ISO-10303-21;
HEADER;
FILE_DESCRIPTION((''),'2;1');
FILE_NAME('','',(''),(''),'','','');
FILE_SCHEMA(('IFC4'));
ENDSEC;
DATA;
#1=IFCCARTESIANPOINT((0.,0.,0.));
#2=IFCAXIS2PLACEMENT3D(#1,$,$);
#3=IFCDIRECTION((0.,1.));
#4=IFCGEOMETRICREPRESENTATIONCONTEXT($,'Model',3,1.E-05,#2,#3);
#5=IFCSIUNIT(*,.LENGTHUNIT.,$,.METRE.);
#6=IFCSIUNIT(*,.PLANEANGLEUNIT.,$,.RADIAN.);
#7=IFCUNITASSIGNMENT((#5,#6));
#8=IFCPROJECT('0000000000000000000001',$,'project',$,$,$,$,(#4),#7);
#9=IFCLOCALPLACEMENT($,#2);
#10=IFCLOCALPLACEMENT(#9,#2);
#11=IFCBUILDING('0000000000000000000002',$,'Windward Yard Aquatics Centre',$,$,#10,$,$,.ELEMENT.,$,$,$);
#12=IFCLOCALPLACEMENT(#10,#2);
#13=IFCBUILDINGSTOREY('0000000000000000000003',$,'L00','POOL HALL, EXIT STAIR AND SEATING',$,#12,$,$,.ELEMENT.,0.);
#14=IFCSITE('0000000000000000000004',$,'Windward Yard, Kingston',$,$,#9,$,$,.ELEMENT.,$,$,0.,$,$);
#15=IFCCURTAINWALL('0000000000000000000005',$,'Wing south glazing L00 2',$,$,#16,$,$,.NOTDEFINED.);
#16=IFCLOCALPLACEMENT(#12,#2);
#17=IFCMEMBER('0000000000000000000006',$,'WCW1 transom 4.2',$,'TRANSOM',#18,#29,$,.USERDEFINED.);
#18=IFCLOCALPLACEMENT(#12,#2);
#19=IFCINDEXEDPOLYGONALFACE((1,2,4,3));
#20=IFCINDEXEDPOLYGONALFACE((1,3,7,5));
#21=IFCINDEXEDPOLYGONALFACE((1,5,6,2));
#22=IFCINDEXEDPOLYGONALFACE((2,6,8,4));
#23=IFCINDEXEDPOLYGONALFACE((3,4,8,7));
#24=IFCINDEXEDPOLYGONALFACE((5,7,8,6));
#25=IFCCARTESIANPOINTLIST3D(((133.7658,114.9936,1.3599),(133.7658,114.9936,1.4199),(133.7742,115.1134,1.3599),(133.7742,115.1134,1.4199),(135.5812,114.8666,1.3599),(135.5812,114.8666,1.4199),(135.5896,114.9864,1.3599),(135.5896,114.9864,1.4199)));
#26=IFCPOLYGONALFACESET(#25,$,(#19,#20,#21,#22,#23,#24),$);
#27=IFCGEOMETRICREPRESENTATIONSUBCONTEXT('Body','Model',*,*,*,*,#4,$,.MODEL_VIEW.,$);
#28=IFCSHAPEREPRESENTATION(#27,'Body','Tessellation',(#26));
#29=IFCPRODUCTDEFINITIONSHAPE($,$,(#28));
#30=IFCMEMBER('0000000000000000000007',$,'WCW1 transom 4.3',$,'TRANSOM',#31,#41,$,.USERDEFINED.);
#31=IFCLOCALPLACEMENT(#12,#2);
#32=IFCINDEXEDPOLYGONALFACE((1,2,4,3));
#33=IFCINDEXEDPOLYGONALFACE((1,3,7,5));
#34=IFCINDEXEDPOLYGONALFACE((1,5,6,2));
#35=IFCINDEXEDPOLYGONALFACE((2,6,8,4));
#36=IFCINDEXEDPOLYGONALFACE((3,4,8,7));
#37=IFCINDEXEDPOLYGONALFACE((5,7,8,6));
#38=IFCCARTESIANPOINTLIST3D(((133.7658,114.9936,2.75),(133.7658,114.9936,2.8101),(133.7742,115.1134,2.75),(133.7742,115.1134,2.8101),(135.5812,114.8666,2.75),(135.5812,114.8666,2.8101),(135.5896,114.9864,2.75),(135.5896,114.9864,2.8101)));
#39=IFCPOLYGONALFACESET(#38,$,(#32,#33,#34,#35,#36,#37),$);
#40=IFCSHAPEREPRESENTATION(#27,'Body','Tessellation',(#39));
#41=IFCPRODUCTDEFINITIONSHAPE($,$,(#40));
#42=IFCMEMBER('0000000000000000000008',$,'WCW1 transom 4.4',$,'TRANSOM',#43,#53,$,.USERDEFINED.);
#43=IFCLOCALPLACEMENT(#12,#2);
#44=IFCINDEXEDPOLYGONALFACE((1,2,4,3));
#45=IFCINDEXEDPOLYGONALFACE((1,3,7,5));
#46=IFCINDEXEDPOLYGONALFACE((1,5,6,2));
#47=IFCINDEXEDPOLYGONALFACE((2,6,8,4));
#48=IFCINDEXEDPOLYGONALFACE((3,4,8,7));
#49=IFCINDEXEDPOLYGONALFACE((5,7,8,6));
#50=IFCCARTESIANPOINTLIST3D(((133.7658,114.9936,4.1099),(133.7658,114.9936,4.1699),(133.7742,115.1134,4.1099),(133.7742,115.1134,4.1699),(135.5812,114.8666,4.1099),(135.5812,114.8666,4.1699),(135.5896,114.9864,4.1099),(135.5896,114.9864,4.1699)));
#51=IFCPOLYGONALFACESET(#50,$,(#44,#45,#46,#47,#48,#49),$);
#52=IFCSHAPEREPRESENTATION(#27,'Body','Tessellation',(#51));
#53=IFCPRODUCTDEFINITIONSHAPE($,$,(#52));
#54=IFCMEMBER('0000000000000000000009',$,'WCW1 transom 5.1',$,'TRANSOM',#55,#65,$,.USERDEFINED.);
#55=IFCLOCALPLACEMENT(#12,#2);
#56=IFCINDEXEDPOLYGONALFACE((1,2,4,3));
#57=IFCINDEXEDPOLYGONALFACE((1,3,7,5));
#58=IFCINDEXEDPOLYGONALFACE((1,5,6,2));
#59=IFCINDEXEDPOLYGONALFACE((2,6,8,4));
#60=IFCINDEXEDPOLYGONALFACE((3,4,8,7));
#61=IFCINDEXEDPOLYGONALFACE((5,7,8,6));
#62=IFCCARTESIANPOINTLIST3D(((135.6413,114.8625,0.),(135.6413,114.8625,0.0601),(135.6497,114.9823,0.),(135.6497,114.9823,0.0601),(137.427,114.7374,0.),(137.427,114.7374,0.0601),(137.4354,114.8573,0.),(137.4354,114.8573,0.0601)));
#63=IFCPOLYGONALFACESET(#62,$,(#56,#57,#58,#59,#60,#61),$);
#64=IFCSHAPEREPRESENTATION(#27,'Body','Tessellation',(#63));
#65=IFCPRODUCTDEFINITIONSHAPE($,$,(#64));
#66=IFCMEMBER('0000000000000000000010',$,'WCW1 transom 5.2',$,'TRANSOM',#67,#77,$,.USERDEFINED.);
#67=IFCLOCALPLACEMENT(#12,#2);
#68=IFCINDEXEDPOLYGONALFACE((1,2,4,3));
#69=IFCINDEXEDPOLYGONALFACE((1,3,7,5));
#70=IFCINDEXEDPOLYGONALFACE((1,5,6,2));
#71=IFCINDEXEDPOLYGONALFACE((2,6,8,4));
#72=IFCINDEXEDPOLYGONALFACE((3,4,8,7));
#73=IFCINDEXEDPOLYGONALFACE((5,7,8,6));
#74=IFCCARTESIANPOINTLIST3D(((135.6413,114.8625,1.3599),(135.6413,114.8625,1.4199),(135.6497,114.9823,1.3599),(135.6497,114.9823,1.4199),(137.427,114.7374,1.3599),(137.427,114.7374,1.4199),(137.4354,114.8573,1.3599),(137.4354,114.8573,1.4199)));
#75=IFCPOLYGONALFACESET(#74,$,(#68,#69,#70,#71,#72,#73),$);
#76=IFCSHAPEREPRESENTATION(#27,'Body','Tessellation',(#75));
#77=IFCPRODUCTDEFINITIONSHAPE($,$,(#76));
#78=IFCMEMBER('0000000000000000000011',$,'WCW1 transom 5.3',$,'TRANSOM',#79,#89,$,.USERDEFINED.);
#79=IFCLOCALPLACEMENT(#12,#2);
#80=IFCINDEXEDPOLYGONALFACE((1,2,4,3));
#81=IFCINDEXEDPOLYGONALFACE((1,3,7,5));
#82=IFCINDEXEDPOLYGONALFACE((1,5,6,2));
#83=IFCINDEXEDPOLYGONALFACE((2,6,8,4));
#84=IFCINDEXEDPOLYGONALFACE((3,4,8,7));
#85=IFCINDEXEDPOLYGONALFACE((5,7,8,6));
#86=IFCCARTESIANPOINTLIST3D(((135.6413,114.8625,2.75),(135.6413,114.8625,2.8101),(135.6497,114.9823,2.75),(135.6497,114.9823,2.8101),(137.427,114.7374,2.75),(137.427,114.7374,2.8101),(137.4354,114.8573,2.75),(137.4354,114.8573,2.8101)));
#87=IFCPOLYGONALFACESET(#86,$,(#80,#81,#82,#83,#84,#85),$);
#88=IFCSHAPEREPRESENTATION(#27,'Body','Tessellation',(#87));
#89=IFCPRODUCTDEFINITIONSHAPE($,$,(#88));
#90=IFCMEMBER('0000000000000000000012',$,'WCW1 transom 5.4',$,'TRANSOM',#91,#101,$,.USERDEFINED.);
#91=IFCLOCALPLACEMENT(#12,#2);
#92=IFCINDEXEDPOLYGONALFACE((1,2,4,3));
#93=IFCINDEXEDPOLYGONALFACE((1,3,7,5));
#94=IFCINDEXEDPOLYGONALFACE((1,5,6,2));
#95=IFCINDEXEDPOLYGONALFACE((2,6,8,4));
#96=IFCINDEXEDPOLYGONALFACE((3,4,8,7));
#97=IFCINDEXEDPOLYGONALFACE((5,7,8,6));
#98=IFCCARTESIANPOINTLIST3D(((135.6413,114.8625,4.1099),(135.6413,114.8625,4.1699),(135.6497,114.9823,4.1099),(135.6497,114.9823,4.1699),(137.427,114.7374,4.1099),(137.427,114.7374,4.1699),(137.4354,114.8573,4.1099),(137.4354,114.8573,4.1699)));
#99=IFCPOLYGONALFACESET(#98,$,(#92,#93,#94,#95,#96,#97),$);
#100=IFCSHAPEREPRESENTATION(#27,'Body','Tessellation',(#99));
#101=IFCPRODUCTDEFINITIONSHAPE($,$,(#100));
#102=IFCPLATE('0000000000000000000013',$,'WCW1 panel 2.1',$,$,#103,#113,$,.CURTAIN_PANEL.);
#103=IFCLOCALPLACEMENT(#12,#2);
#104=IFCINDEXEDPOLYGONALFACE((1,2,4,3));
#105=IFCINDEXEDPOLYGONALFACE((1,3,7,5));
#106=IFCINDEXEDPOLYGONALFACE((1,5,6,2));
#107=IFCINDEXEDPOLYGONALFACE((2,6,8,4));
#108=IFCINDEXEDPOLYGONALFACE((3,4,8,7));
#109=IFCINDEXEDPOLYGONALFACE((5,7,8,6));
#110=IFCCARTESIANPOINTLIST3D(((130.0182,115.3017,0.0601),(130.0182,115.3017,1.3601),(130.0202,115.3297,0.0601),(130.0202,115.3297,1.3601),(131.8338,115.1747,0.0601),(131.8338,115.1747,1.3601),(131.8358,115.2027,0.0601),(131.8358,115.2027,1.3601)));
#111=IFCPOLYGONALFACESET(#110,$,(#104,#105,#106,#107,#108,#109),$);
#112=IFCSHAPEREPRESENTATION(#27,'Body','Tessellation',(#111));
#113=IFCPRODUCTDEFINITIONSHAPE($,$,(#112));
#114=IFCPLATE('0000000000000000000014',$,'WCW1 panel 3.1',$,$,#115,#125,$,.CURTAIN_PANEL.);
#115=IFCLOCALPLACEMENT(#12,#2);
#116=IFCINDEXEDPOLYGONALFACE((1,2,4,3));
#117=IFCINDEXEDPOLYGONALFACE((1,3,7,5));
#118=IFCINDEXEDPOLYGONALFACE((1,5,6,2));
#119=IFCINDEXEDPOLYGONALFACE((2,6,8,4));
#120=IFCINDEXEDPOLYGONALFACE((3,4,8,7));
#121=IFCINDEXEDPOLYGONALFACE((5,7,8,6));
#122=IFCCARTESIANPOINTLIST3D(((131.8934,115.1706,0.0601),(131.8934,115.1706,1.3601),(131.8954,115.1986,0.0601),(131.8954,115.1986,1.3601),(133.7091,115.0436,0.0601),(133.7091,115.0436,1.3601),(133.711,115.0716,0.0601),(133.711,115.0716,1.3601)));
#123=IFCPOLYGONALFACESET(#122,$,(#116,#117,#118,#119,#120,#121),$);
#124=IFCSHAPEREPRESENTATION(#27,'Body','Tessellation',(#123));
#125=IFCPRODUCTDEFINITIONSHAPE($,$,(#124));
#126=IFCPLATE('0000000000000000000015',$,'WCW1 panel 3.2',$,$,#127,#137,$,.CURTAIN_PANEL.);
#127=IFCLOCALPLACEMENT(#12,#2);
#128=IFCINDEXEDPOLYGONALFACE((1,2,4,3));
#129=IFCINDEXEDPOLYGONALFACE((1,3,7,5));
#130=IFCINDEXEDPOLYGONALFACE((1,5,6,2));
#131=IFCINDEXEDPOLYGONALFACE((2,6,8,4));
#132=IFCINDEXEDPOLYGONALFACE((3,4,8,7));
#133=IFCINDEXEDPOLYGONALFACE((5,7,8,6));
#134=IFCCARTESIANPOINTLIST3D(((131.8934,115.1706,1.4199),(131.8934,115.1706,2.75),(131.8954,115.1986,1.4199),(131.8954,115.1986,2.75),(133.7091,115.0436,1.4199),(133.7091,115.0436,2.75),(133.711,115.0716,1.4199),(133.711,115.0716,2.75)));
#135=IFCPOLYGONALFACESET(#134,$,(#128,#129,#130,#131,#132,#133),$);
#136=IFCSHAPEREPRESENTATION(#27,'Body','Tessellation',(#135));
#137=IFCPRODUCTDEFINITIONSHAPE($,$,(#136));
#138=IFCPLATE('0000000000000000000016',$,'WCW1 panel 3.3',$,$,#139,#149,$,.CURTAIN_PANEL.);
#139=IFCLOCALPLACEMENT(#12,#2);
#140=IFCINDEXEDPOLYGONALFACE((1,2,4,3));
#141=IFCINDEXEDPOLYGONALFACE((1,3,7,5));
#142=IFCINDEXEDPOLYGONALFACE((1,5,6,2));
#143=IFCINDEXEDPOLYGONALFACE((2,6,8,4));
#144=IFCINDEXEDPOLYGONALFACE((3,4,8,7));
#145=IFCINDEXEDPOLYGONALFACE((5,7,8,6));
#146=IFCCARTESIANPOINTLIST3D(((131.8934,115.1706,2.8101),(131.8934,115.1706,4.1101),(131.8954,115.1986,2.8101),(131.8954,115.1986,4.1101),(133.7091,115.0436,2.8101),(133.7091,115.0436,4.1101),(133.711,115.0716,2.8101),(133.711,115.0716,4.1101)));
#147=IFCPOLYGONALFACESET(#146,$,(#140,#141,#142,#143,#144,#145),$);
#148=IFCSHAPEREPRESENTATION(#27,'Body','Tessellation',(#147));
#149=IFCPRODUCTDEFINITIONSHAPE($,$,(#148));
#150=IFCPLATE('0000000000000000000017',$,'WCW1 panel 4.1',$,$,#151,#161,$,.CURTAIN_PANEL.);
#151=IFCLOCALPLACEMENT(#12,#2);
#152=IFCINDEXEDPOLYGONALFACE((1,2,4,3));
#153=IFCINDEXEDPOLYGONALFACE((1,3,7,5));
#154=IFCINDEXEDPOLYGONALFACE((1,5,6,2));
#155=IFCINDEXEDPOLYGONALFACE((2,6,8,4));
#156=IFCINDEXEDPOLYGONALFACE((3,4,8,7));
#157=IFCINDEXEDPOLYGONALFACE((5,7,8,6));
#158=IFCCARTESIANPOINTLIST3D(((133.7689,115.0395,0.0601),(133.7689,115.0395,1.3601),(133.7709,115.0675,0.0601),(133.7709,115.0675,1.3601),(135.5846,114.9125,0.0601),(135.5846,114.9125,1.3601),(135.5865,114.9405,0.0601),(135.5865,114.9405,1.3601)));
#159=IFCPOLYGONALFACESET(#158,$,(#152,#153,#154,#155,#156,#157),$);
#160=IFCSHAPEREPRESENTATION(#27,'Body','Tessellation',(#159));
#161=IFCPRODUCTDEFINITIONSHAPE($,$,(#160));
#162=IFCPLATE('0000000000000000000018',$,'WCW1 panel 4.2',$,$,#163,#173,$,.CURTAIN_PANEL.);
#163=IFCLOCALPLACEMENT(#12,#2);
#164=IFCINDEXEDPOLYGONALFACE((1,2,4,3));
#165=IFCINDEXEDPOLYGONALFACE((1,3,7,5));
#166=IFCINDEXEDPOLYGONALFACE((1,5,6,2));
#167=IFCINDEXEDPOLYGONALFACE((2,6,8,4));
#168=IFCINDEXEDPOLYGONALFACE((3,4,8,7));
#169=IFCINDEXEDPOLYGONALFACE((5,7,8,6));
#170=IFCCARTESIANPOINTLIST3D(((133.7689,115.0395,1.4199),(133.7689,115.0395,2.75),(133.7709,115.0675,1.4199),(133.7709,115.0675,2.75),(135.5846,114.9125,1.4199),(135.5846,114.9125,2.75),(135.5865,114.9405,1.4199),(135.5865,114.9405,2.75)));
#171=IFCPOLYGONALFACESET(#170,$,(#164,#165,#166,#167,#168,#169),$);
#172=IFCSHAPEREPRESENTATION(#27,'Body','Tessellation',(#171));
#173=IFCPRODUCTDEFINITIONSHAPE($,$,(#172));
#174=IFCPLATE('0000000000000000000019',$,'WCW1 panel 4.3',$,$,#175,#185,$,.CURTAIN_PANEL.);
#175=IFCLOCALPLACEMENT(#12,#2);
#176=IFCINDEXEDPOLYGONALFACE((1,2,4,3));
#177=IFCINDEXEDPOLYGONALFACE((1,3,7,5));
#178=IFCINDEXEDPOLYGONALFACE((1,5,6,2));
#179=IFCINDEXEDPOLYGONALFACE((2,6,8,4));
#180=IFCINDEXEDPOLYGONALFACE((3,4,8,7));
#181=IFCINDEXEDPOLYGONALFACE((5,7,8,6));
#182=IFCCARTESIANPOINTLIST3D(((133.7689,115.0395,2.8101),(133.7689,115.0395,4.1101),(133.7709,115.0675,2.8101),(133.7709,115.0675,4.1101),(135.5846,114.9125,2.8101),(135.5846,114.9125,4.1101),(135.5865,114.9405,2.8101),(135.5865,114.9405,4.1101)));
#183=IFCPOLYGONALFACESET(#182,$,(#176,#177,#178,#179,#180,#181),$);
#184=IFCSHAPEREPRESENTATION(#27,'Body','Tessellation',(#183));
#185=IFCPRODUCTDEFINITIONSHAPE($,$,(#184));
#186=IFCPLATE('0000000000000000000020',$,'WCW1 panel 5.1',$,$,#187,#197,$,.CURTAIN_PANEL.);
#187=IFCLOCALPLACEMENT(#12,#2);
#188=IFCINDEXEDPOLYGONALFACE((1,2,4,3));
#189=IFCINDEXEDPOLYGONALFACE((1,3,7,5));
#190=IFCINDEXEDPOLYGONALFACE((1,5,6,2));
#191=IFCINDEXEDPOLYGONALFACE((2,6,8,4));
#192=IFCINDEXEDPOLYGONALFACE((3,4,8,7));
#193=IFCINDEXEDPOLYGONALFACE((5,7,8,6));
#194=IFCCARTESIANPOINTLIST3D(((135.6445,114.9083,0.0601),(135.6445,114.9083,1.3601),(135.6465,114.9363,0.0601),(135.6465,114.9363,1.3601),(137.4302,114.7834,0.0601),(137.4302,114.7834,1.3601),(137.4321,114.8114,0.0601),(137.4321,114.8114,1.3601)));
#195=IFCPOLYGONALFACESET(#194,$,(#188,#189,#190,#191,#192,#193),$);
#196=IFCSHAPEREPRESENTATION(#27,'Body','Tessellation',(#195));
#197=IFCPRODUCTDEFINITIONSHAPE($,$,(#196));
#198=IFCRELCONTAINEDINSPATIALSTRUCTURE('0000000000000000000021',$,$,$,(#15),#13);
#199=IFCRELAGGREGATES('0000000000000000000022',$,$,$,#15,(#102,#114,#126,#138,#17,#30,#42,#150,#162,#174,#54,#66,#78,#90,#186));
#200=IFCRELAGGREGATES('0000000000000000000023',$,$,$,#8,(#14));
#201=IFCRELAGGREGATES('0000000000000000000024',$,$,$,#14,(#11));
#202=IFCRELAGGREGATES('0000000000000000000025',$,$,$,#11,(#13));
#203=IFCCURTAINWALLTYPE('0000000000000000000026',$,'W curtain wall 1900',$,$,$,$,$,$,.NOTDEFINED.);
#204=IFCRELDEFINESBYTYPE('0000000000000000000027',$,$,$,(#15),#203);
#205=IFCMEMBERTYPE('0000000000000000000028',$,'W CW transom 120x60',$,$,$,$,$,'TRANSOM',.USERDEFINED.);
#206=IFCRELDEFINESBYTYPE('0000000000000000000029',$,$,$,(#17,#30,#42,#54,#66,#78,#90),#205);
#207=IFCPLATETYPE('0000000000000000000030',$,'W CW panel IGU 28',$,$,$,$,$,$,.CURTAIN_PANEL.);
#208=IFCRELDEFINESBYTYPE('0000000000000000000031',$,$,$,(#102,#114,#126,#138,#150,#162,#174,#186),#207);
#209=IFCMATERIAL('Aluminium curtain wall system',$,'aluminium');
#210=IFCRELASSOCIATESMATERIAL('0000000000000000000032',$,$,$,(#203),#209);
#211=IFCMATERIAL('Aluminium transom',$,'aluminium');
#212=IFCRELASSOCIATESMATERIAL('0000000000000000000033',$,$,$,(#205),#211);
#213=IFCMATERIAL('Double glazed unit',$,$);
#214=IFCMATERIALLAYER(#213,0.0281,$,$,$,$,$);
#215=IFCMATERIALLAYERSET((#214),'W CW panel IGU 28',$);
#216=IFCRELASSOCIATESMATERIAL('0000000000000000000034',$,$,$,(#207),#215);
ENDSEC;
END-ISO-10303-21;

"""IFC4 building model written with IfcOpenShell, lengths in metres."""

from ifc_helpers import new_model, si_unit, direction, frame, origin, origin_2d, place, context, subcontext, project, spatial, rectangle, extrude, material, layer, layer_set, material_profile, profile_set, type_object, element, aggregate, save


model = new_model("IFC4")

# Units and contexts
model_context = context("Model", 3, precision=1e-05, world=origin(), true_north=direction((0.0, 1.0)))
body_context = subcontext(model_context, "Body", "Model", "MODEL_VIEW")
ifc_project = project(units=[si_unit("LENGTHUNIT", "METRE"), si_unit("PLANEANGLEUNIT", "RADIAN")], contexts=[model_context])

# Site, building, storey
site_placement = place(None, origin())
site = spatial("IfcSite", under=ifc_project, at=site_placement, Name="Windward Yard, Kingston", CompositionType="ELEMENT", RefElevation=0.0)
building_placement = place(site_placement, origin())
building = spatial("IfcBuilding", under=site, at=building_placement, Name="Windward Yard Aquatics Centre", CompositionType="ELEMENT")
storey_placement = place(building_placement, origin())
storey = spatial("IfcBuildingStorey", under=building, at=storey_placement, Name="L00", Description="POOL HALL, EXIT STAIR AND SEATING", CompositionType="ELEMENT", Elevation=0.0)

# Curtain wall, members, plates
ifc_material_1 = material(Name="Aluminium curtain wall system", Category="aluminium")
curtain_wall_type = type_object("IfcCurtainWallType", Name="W curtain wall 1900", PredefinedType="NOTDEFINED", material=ifc_material_1)
curtain_wall_placement = place(storey_placement, origin())
curtain_wall = element("IfcCurtainWall", 1, at=curtain_wall_placement, inside=storey, type_object=curtain_wall_type, Name="Wing south glazing L00 2", PredefinedType="NOTDEFINED")
ifc_material_2 = material(Name="Aluminium transom", Category="aluminium")
ifc_material_profile_1 = material_profile(ifc_material_2, rectangle(XDim=0.1201, YDim=0.0601, at=origin_2d()), Name="AL 120x60")
ifc_profile_set_1 = profile_set([ifc_material_profile_1], Name="Aluminium transom")
member_type_1 = type_object("IfcMemberType", Name="W CW transom 120x60", ElementType="TRANSOM", PredefinedType="USERDEFINED", material=ifc_profile_set_1)
member_1_placement = place(storey_placement, frame((133.77, 115.0535, 1.3899), z_axis=(0.997564, -0.06976, 0.0), x_axis=(0.06976, 0.997564, 0.0)))
member_1 = element("IfcMember", 2, at=member_1_placement, type_object=member_type_1, Name="WCW1 transom 4.2", ObjectType="TRANSOM", PredefinedType="USERDEFINED", context=body_context, shape_type="SweptSolid", body=[
    extrude(rectangle(XDim=0.1201, YDim=0.0601, at=origin_2d()), origin(), (0.0, 0.0, 1.0), 1.8198),
])
member_2_placement = place(storey_placement, frame((133.77, 115.0535, 2.78), z_axis=(0.997564, -0.06976, 0.0), x_axis=(0.06976, 0.997564, 0.0)))
member_2 = element("IfcMember", 3, at=member_2_placement, type_object=member_type_1, Name="WCW1 transom 4.3", ObjectType="TRANSOM", PredefinedType="USERDEFINED", context=body_context, shape_type="SweptSolid", body=[
    extrude(rectangle(XDim=0.1201, YDim=0.0601, at=origin_2d()), origin(), (0.0, 0.0, 1.0), 1.8198),
])
member_3_placement = place(storey_placement, frame((133.77, 115.0535, 4.1399), z_axis=(0.997564, -0.06976, 0.0), x_axis=(0.06976, 0.997564, 0.0)))
member_3 = element("IfcMember", 4, at=member_3_placement, type_object=member_type_1, Name="WCW1 transom 4.4", ObjectType="TRANSOM", PredefinedType="USERDEFINED", context=body_context, shape_type="SweptSolid", body=[
    extrude(rectangle(XDim=0.1201, YDim=0.0601, at=origin_2d()), origin(), (0.0, 0.0, 1.0), 1.8198),
])
member_4_placement = place(storey_placement, frame((135.6455, 114.9224, 0.03), z_axis=(0.997559, -0.069832, 0.0), x_axis=(0.069832, 0.997559, 0.0)))
member_4 = element("IfcMember", 5, at=member_4_placement, type_object=member_type_1, Name="WCW1 transom 5.1", ObjectType="TRANSOM", PredefinedType="USERDEFINED", context=body_context, shape_type="SweptSolid", body=[
    extrude(rectangle(XDim=0.1201, YDim=0.0601, at=origin_2d()), origin(), (0.0, 0.0, 1.0), 1.79),
])
member_5_placement = place(storey_placement, frame((135.6455, 114.9224, 1.3899), z_axis=(0.997559, -0.069832, 0.0), x_axis=(0.069832, 0.997559, 0.0)))
member_5 = element("IfcMember", 6, at=member_5_placement, type_object=member_type_1, Name="WCW1 transom 5.2", ObjectType="TRANSOM", PredefinedType="USERDEFINED", context=body_context, shape_type="SweptSolid", body=[
    extrude(rectangle(XDim=0.1201, YDim=0.0601, at=origin_2d()), origin(), (0.0, 0.0, 1.0), 1.79),
])
member_6_placement = place(storey_placement, frame((135.6455, 114.9224, 2.78), z_axis=(0.997559, -0.069832, 0.0), x_axis=(0.069832, 0.997559, 0.0)))
member_6 = element("IfcMember", 7, at=member_6_placement, type_object=member_type_1, Name="WCW1 transom 5.3", ObjectType="TRANSOM", PredefinedType="USERDEFINED", context=body_context, shape_type="SweptSolid", body=[
    extrude(rectangle(XDim=0.1201, YDim=0.0601, at=origin_2d()), origin(), (0.0, 0.0, 1.0), 1.79),
])
member_7_placement = place(storey_placement, frame((135.6455, 114.9224, 4.1399), z_axis=(0.997559, -0.069832, 0.0), x_axis=(0.069832, 0.997559, 0.0)))
member_7 = element("IfcMember", 8, at=member_7_placement, type_object=member_type_1, Name="WCW1 transom 5.4", ObjectType="TRANSOM", PredefinedType="USERDEFINED", context=body_context, shape_type="SweptSolid", body=[
    extrude(rectangle(XDim=0.1201, YDim=0.0601, at=origin_2d()), origin(), (0.0, 0.0, 1.0), 1.79),
])
ifc_material_3 = material(Name="Double glazed unit")
ifc_layer_1 = layer(ifc_material_3, 0.0281)
ifc_layer_set_1 = layer_set([ifc_layer_1], Name="W CW panel IGU 28")
plate_type = type_object("IfcPlateType", Name="W CW panel IGU 28", PredefinedType="CURTAIN_PANEL", material=ifc_layer_set_1)
plate_1_placement = place(storey_placement, frame((130.927, 115.2522, 0.0601), z_axis=(0.0, 0.0, 1.0), x_axis=(0.997564, -0.069755, 0.0)))
plate_1 = element("IfcPlate", 9, at=plate_1_placement, type_object=plate_type, Name="WCW1 panel 2.1", PredefinedType="CURTAIN_PANEL", context=body_context, shape_type="SweptSolid", body=[
    extrude(rectangle(XDim=1.8201, YDim=0.0281, at=origin_2d()), origin(), (0.0, 0.0, 1.0), 1.3),
])
plate_2_placement = place(storey_placement, frame((132.8022, 115.1211, 0.0601), z_axis=(0.0, 0.0, 1.0), x_axis=(0.997564, -0.069755, 0.0)))
plate_2 = element("IfcPlate", 10, at=plate_2_placement, type_object=plate_type, Name="WCW1 panel 3.1", PredefinedType="CURTAIN_PANEL", context=body_context, shape_type="SweptSolid", body=[
    extrude(rectangle(XDim=1.8201, YDim=0.0281, at=origin_2d()), origin(), (0.0, 0.0, 1.0), 1.3),
])
plate_3_placement = place(storey_placement, frame((132.8022, 115.1211, 1.4199), z_axis=(0.0, 0.0, 1.0), x_axis=(0.997564, -0.069755, 0.0)))
plate_3 = element("IfcPlate", 11, at=plate_3_placement, type_object=plate_type, Name="WCW1 panel 3.2", PredefinedType="CURTAIN_PANEL", context=body_context, shape_type="SweptSolid", body=[
    extrude(rectangle(XDim=1.8201, YDim=0.0281, at=origin_2d()), origin(), (0.0, 0.0, 1.0), 1.3301),
])
plate_4_placement = place(storey_placement, frame((132.8022, 115.1211, 2.8101), z_axis=(0.0, 0.0, 1.0), x_axis=(0.997564, -0.069755, 0.0)))
plate_4 = element("IfcPlate", 12, at=plate_4_placement, type_object=plate_type, Name="WCW1 panel 3.3", PredefinedType="CURTAIN_PANEL", context=body_context, shape_type="SweptSolid", body=[
    extrude(rectangle(XDim=1.8201, YDim=0.0281, at=origin_2d()), origin(), (0.0, 0.0, 1.0), 1.3),
])
plate_5_placement = place(storey_placement, frame((134.6777, 114.99, 0.0601), z_axis=(0.0, 0.0, 1.0), x_axis=(0.997564, -0.069755, 0.0)))
plate_5 = element("IfcPlate", 13, at=plate_5_placement, type_object=plate_type, Name="WCW1 panel 4.1", PredefinedType="CURTAIN_PANEL", context=body_context, shape_type="SweptSolid", body=[
    extrude(rectangle(XDim=1.8201, YDim=0.0281, at=origin_2d()), origin(), (0.0, 0.0, 1.0), 1.3),
])
plate_6_placement = place(storey_placement, frame((134.6777, 114.99, 1.4199), z_axis=(0.0, 0.0, 1.0), x_axis=(0.997564, -0.069755, 0.0)))
plate_6 = element("IfcPlate", 14, at=plate_6_placement, type_object=plate_type, Name="WCW1 panel 4.2", PredefinedType="CURTAIN_PANEL", context=body_context, shape_type="SweptSolid", body=[
    extrude(rectangle(XDim=1.8201, YDim=0.0281, at=origin_2d()), origin(), (0.0, 0.0, 1.0), 1.3301),
])
plate_7_placement = place(storey_placement, frame((134.6777, 114.99, 2.8101), z_axis=(0.0, 0.0, 1.0), x_axis=(0.997564, -0.069755, 0.0)))
plate_7 = element("IfcPlate", 15, at=plate_7_placement, type_object=plate_type, Name="WCW1 panel 4.3", PredefinedType="CURTAIN_PANEL", context=body_context, shape_type="SweptSolid", body=[
    extrude(rectangle(XDim=1.8201, YDim=0.0281, at=origin_2d()), origin(), (0.0, 0.0, 1.0), 1.3),
])
plate_8_placement = place(storey_placement, frame((136.5383, 114.8599, 0.0601), z_axis=(0.0, 0.0, 1.0), x_axis=(0.997564, -0.069755, 0.0)))
plate_8 = element("IfcPlate", 16, at=plate_8_placement, type_object=plate_type, Name="WCW1 panel 5.1", PredefinedType="CURTAIN_PANEL", context=body_context, shape_type="SweptSolid", body=[
    extrude(rectangle(XDim=1.79, YDim=0.0281, at=origin_2d()), origin(), (0.0, 0.0, 1.0), 1.3),
])
aggregate(curtain_wall, [plate_1, plate_2, plate_3, plate_4, member_1, member_2, member_3, plate_5, plate_6, plate_7, member_4, member_5, member_6, member_7, plate_8])

save(model, "model.ifc")
